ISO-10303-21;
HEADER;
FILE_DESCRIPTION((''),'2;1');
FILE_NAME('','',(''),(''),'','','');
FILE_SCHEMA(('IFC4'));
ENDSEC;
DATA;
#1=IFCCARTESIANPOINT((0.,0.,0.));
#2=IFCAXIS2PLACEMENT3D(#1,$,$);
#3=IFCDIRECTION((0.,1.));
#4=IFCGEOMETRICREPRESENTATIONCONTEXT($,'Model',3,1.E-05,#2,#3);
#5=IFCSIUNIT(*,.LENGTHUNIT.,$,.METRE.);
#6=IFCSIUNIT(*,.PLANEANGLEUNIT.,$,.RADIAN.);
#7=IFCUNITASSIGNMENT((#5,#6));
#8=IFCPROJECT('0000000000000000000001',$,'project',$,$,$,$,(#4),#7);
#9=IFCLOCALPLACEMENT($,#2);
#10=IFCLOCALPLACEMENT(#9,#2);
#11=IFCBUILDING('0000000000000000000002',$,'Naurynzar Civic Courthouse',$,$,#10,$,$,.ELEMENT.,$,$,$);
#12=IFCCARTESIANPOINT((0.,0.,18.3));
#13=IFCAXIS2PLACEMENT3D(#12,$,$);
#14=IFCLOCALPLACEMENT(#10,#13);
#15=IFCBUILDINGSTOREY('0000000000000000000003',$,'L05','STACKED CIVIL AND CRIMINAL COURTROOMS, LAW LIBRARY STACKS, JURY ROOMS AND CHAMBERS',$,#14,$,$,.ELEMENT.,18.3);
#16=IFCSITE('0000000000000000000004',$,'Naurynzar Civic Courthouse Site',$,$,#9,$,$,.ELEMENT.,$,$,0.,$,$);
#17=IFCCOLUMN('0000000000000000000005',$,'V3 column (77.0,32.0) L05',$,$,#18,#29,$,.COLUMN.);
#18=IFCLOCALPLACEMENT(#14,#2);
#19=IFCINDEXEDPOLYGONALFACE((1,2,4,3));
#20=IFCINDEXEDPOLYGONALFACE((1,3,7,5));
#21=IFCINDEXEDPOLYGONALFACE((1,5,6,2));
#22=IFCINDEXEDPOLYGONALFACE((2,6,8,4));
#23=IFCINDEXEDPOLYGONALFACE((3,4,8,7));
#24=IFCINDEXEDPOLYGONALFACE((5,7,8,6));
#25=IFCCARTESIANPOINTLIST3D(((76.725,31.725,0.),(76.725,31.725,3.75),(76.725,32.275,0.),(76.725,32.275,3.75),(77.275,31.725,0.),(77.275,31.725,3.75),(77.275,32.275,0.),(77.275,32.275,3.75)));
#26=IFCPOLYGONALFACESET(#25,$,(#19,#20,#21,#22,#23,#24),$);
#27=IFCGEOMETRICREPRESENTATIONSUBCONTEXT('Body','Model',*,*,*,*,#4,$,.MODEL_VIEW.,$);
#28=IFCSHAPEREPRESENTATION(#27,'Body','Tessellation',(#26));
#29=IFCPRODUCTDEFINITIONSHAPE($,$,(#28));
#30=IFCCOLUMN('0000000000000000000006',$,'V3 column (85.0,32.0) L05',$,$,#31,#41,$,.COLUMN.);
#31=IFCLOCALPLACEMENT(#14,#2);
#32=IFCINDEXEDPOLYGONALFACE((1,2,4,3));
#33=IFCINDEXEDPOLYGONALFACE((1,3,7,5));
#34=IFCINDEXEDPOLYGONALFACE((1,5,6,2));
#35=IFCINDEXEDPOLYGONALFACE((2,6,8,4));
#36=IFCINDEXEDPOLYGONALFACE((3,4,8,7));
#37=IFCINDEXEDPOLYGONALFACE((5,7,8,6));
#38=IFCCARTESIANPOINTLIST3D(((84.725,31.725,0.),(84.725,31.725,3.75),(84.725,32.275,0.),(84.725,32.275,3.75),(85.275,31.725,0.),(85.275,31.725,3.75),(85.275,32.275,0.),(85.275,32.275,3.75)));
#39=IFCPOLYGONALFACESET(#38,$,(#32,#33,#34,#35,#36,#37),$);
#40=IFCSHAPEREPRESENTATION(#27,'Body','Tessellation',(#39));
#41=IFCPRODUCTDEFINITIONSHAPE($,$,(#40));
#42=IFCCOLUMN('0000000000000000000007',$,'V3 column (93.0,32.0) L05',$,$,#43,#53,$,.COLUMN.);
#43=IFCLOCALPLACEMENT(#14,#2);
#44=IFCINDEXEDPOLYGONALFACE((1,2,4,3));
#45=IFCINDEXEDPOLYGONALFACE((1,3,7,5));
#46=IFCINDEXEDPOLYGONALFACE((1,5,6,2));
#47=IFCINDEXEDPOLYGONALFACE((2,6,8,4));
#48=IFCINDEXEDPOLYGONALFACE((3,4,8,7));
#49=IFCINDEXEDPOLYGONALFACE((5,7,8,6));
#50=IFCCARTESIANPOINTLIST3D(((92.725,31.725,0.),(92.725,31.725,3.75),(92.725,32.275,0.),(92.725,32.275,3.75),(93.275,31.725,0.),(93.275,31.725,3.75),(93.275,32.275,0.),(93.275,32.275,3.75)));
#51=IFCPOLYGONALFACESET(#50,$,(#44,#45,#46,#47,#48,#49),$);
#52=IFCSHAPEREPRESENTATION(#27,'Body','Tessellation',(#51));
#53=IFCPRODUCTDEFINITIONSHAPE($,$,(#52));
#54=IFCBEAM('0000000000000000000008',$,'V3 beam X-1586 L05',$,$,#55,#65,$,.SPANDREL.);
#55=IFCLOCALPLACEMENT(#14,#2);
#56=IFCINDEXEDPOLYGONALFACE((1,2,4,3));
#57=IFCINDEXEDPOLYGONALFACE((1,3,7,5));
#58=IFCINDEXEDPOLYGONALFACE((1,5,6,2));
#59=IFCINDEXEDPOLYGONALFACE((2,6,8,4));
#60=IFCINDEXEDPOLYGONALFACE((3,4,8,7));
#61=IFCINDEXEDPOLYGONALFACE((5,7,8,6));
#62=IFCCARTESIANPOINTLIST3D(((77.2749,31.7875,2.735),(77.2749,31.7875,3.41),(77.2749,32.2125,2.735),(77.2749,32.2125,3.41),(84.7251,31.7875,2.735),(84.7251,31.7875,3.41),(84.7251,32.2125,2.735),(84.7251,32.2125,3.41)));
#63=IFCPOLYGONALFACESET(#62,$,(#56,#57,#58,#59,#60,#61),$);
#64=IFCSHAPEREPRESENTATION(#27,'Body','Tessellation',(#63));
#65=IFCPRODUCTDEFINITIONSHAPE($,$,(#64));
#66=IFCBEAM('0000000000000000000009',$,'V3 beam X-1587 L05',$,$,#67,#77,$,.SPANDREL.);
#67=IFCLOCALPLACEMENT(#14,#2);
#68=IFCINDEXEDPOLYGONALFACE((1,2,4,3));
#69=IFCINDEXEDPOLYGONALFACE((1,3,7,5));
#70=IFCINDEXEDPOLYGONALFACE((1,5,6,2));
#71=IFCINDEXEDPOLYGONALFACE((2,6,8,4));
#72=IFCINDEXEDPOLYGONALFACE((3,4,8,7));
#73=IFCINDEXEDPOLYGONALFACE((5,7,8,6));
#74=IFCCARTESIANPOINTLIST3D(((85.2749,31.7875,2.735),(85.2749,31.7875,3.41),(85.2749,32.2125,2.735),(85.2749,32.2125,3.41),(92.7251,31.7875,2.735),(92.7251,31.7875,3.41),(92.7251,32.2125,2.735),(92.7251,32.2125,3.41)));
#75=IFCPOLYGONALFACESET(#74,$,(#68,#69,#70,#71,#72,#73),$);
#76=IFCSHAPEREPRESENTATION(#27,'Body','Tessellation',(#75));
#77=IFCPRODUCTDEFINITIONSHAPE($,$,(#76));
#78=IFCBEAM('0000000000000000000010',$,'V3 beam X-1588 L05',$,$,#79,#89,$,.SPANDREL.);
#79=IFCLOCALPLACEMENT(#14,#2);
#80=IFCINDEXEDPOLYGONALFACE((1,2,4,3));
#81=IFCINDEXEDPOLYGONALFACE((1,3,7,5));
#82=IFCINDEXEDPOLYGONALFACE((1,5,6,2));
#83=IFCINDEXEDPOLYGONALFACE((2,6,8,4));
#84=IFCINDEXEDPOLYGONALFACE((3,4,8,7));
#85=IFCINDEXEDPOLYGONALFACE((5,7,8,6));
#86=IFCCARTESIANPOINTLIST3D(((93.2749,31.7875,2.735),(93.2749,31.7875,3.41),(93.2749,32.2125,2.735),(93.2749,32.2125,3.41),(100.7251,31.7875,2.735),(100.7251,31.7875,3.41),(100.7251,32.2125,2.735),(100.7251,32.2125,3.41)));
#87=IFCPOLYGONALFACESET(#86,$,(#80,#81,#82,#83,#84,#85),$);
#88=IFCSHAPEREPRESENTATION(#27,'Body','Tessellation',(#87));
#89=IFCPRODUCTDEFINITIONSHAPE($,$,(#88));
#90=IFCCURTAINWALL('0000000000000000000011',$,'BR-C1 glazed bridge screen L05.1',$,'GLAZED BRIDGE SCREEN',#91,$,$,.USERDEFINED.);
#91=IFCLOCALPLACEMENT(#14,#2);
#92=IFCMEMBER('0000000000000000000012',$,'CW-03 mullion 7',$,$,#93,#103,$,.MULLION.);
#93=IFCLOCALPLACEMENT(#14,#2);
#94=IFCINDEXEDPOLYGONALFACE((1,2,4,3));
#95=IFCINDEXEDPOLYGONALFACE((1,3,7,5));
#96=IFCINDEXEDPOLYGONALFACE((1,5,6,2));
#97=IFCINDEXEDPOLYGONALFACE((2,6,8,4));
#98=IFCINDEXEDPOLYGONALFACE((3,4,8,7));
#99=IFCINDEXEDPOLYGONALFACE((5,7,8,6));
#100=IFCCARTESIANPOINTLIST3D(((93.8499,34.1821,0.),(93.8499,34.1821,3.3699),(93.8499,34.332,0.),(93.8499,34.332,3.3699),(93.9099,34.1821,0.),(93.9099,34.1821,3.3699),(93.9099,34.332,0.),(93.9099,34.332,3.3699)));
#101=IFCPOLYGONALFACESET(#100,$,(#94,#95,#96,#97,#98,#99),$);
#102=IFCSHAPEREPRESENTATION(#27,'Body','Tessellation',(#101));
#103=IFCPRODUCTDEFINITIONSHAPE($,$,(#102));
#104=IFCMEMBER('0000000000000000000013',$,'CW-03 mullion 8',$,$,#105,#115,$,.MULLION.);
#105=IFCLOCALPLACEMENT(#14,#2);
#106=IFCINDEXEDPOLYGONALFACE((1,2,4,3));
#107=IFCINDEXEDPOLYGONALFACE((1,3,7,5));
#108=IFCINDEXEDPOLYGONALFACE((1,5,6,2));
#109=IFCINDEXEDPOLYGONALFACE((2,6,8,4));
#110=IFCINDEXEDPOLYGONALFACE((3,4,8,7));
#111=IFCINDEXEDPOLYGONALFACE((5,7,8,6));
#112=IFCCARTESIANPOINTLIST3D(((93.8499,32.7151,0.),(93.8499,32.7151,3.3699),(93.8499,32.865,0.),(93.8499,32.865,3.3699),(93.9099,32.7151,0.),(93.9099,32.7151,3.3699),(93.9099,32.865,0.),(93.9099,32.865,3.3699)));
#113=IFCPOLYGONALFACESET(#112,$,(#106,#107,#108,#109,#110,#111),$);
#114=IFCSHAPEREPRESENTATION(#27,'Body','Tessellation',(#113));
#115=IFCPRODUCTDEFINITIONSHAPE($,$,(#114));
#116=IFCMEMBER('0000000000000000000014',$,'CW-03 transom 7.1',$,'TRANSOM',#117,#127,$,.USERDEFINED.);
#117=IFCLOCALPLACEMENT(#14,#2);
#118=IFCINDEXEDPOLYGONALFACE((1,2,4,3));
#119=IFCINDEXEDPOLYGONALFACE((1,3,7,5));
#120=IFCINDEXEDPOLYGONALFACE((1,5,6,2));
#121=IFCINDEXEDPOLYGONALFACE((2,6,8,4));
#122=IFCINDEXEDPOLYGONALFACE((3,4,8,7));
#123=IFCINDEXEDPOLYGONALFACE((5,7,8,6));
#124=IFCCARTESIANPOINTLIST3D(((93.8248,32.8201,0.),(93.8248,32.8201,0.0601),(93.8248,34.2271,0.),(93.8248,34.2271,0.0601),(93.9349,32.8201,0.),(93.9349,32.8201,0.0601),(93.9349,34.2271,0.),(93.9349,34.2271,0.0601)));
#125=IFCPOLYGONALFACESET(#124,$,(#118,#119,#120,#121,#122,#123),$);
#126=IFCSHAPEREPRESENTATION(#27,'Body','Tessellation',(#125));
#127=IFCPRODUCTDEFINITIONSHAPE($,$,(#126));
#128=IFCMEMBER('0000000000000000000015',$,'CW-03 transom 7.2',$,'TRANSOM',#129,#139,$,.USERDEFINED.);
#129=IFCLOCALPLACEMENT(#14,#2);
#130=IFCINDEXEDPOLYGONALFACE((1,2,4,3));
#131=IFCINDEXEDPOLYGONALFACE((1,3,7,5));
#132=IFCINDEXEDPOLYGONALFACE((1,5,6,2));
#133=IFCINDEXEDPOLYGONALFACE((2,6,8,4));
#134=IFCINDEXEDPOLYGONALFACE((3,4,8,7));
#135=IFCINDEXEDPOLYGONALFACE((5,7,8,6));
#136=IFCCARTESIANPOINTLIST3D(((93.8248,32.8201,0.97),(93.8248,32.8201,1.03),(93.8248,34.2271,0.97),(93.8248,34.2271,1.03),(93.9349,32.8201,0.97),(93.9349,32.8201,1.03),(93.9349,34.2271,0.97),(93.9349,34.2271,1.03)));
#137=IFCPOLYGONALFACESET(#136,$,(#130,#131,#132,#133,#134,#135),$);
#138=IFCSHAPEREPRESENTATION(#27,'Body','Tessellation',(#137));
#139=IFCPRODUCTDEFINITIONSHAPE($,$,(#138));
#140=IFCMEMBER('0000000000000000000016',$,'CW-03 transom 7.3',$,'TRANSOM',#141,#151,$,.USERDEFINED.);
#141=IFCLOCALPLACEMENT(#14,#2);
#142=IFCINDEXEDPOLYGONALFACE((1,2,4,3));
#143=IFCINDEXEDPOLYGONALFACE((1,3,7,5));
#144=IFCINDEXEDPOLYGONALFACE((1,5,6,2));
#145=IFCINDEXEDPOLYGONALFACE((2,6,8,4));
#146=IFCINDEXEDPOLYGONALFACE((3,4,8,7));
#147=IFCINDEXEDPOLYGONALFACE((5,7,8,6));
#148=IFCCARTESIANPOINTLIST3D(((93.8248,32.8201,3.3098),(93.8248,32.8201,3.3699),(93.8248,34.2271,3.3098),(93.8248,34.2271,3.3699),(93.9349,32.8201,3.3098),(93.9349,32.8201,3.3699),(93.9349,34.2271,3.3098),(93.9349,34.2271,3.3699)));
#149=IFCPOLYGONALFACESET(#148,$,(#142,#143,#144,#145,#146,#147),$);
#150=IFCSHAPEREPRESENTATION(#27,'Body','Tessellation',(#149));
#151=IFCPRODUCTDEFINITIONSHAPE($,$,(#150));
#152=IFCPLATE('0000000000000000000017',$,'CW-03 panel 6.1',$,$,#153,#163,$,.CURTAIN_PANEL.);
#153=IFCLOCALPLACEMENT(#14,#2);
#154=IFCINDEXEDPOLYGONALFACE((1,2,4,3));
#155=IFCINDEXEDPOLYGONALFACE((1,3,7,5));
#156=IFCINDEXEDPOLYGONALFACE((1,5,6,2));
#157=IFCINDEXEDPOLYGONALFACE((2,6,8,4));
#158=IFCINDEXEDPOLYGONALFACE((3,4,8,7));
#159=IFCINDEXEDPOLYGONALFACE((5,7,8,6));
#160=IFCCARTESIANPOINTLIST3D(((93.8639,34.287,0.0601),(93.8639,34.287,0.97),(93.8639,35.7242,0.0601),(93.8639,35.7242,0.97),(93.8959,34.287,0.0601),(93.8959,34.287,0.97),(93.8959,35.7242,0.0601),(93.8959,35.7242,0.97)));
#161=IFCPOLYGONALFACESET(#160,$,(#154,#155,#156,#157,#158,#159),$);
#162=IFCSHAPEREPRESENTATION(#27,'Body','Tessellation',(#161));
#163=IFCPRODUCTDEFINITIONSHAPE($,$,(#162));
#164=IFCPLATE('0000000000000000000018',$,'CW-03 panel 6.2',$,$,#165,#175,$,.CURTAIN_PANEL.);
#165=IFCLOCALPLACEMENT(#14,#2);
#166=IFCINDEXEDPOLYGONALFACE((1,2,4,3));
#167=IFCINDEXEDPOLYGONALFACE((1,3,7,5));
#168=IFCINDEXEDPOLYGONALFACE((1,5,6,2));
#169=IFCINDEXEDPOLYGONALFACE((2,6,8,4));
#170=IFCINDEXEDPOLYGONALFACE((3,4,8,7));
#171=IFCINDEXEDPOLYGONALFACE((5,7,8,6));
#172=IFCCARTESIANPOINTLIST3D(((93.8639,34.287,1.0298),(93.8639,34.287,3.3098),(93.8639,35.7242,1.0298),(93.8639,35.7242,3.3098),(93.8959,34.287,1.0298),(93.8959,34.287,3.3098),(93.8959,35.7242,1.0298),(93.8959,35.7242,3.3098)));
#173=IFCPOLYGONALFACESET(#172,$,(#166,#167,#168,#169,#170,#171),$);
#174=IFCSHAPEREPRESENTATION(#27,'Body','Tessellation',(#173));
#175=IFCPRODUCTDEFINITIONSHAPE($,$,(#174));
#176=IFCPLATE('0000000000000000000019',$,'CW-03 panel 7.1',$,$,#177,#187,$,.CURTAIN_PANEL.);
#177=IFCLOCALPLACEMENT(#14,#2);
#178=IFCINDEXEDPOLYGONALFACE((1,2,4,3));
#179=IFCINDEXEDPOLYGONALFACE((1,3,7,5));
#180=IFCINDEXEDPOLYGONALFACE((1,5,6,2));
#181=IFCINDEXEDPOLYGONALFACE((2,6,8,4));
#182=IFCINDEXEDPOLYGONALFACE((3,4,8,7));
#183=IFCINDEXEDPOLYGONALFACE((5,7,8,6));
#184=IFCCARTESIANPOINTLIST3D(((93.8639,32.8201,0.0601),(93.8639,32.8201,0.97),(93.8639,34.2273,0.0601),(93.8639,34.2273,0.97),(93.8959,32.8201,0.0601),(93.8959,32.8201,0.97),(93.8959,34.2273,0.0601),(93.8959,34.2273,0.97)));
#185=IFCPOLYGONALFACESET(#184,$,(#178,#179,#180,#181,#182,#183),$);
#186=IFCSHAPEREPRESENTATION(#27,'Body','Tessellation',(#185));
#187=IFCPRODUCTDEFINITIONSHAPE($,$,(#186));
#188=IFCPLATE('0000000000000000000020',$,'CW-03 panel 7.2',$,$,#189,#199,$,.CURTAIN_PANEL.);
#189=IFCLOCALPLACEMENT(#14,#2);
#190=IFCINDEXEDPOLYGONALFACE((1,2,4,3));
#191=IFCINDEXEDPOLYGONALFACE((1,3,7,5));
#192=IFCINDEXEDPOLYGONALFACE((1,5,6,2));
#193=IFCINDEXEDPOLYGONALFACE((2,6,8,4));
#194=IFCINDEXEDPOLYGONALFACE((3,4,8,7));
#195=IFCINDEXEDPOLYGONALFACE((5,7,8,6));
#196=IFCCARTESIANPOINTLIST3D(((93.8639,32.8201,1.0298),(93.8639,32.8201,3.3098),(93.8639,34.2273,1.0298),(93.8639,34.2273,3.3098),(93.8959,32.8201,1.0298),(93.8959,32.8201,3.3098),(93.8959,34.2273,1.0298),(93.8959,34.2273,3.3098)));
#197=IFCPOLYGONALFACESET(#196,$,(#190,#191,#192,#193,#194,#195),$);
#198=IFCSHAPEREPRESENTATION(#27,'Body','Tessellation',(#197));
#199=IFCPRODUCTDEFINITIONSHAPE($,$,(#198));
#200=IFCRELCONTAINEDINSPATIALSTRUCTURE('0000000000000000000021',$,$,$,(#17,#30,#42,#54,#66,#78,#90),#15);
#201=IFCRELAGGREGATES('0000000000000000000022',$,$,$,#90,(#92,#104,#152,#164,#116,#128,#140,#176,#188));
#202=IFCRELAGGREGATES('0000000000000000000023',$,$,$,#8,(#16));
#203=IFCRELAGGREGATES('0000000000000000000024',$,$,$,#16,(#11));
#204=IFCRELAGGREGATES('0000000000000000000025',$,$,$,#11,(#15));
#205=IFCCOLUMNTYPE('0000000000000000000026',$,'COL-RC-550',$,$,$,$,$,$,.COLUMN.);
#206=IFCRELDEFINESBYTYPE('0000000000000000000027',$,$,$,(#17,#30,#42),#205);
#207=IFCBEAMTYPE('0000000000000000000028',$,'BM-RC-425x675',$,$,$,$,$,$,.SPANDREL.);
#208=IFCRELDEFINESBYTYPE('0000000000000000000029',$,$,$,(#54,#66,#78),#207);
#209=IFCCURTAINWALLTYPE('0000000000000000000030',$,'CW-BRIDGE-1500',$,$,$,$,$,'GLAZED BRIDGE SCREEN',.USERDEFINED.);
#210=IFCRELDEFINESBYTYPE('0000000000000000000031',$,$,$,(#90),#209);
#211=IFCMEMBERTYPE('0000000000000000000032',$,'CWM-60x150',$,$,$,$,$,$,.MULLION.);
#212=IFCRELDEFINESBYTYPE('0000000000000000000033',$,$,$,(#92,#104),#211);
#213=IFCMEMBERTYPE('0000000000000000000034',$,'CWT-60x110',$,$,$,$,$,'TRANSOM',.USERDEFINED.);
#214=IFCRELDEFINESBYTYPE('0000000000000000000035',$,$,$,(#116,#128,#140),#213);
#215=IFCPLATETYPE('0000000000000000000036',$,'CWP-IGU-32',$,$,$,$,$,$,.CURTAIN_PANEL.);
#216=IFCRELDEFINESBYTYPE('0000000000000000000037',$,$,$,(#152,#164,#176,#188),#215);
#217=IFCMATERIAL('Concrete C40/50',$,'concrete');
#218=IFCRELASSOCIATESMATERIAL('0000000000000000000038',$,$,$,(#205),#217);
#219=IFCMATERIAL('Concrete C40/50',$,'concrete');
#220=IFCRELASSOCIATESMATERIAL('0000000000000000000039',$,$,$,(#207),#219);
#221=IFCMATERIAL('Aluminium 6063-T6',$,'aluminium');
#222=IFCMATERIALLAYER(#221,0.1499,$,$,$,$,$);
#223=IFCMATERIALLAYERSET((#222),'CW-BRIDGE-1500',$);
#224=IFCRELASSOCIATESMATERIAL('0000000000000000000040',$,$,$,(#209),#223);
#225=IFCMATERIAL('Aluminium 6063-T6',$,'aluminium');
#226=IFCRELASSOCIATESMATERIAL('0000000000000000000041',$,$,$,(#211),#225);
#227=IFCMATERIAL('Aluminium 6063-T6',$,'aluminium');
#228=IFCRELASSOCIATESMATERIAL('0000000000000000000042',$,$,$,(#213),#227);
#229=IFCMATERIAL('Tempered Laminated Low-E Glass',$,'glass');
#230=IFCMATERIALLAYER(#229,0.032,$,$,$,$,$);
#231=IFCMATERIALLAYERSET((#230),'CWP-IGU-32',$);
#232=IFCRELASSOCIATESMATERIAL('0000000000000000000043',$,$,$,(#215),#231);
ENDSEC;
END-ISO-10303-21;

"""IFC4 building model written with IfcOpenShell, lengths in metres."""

from ifc_helpers import new_model, si_unit, direction, frame, origin, origin_2d, place, context, subcontext, project, spatial, rectangle, extrude, material, layer, layer_set, material_profile, profile_set, type_object, element, aggregate, save


model = new_model("IFC4")

# Units and contexts
model_context = context("Model", 3, precision=1e-05, world=origin(), true_north=direction((0.0, 1.0)))
body_context = subcontext(model_context, "Body", "Model", "MODEL_VIEW")
ifc_project = project(units=[si_unit("LENGTHUNIT", "METRE"), si_unit("PLANEANGLEUNIT", "RADIAN")], contexts=[model_context])

# Site, building, storey
site_placement = place(None, origin())
site = spatial("IfcSite", under=ifc_project, at=site_placement, Name="Naurynzar Civic Courthouse Site", CompositionType="ELEMENT", RefElevation=0.0)
building_placement = place(site_placement, origin())
building = spatial("IfcBuilding", under=site, at=building_placement, Name="Naurynzar Civic Courthouse", CompositionType="ELEMENT")
storey_placement = place(building_placement, frame((0.0, 0.0, 18.3)))
storey = spatial("IfcBuildingStorey", under=building, at=storey_placement, Name="L05", Description="STACKED CIVIL AND CRIMINAL COURTROOMS, LAW LIBRARY STACKS, JURY ROOMS AND CHAMBERS", CompositionType="ELEMENT", Elevation=18.3)

# Columns
ifc_material_1 = material(Name="Concrete C40/50", Category="concrete")
ifc_material_profile_1 = material_profile(ifc_material_1, rectangle(XDim=0.55, YDim=0.55, at=origin_2d()), Name="RC 550x550")
ifc_profile_set_1 = profile_set([ifc_material_profile_1], Name="Concrete C40/50")
column_type = type_object("IfcColumnType", Name="COL-RC-550", PredefinedType="COLUMN", material=ifc_profile_set_1)
for number, where, z_axis, x_axis, name in (
    (1, (77.0, 32.0, 0.0), (0.0, 0.0, 1.0), (1.0, 0.0, 0.0), "V3 column (77.0,32.0) L05"),
    (2, (85.0, 32.0, 0.0), (0.0, 0.0, 1.0), (1.0, 0.0, 0.0), "V3 column (85.0,32.0) L05"),
    (3, (93.0, 32.0, 0.0), (0.0, 0.0, 1.0), (1.0, 0.0, 0.0), "V3 column (93.0,32.0) L05"),
):
    element("IfcColumn", number, at=place(storey_placement, frame(where, z_axis=z_axis, x_axis=x_axis)), inside=storey, type_object=column_type, Name=name, PredefinedType="COLUMN", context=body_context, shape_type="SweptSolid", body=[
        extrude(rectangle(XDim=0.55, YDim=0.55, at=origin_2d()), origin(), (0.0, 0.0, 1.0), 3.75),
    ])

# Beams
ifc_material_2 = material(Name="Concrete C40/50", Category="concrete")
ifc_material_profile_2 = material_profile(ifc_material_2, rectangle(XDim=0.425, YDim=0.675, at=origin_2d()), Name="RCB 425x675")
ifc_profile_set_2 = profile_set([ifc_material_profile_2], Name="Concrete C40/50")
beam_type = type_object("IfcBeamType", Name="BM-RC-425x675", PredefinedType="SPANDREL", material=ifc_profile_set_2)
for number, where, z_axis, x_axis, name in (
    (4, (77.2749, 32.0, 3.0725), (1.0, 0.0, 0.0), (0.0, 1.0, 0.0), "V3 beam X-1586 L05"),
    (5, (85.2749, 32.0, 3.0725), (1.0, 0.0, 0.0), (0.0, 1.0, 0.0), "V3 beam X-1587 L05"),
    (6, (93.2749, 32.0, 3.0725), (1.0, 0.0, 0.0), (0.0, 1.0, 0.0), "V3 beam X-1588 L05"),
):
    element("IfcBeam", number, at=place(storey_placement, frame(where, z_axis=z_axis, x_axis=x_axis)), inside=storey, type_object=beam_type, Name=name, PredefinedType="SPANDREL", context=body_context, shape_type="SweptSolid", body=[
        extrude(rectangle(XDim=0.425, YDim=0.675, at=origin_2d()), origin(), (0.0, 0.0, 1.0), 7.4502),
    ])

# Curtain wall, members, plates
ifc_material_3 = material(Name="Aluminium 6063-T6", Category="aluminium")
ifc_layer_1 = layer(ifc_material_3, 0.1499)
ifc_layer_set_1 = layer_set([ifc_layer_1], Name="CW-BRIDGE-1500")
curtain_wall_type = type_object("IfcCurtainWallType", Name="CW-BRIDGE-1500", ElementType="GLAZED BRIDGE SCREEN", PredefinedType="USERDEFINED", material=ifc_layer_set_1)
curtain_wall_placement = place(storey_placement, origin())
curtain_wall = element("IfcCurtainWall", 7, at=curtain_wall_placement, inside=storey, type_object=curtain_wall_type, Name="BR-C1 glazed bridge screen L05.1", ObjectType="GLAZED BRIDGE SCREEN", PredefinedType="USERDEFINED")
ifc_material_4 = material(Name="Aluminium 6063-T6", Category="aluminium")
ifc_material_profile_3 = material_profile(ifc_material_4, rectangle(XDim=0.0601, YDim=0.1499, at=origin_2d()), Name="ALU MULLION 60x150")
ifc_profile_set_3 = profile_set([ifc_material_profile_3], Name="Aluminium 6063-T6")
member_type_1 = type_object("IfcMemberType", Name="CWM-60x150", PredefinedType="MULLION", material=ifc_profile_set_3)
member_1_placement = place(storey_placement, frame((93.8799, 34.2571, 0.0), z_axis=(0.0, 0.0, 1.0), x_axis=(1.0, 0.0, 0.0)))
member_1 = element("IfcMember", 8, at=member_1_placement, type_object=member_type_1, Name="CW-03 mullion 7", PredefinedType="MULLION", context=body_context, shape_type="SweptSolid", body=[
    extrude(rectangle(XDim=0.0601, YDim=0.1499, at=origin_2d()), origin(), (0.0, 0.0, 1.0), 3.3699),
])
member_2_placement = place(storey_placement, frame((93.8799, 32.79, 0.0), z_axis=(0.0, 0.0, 1.0), x_axis=(1.0, 0.0, 0.0)))
member_2 = element("IfcMember", 9, at=member_2_placement, type_object=member_type_1, Name="CW-03 mullion 8", PredefinedType="MULLION", context=body_context, shape_type="SweptSolid", body=[
    extrude(rectangle(XDim=0.0601, YDim=0.1499, at=origin_2d()), origin(), (0.0, 0.0, 1.0), 3.3699),
])
ifc_material_5 = material(Name="Aluminium 6063-T6", Category="aluminium")
ifc_material_profile_4 = material_profile(ifc_material_5, rectangle(XDim=0.1101, YDim=0.0601, at=origin_2d()), Name="ALU TRANSOM 60x110")
ifc_profile_set_4 = profile_set([ifc_material_profile_4], Name="Aluminium 6063-T6")
member_type_2 = type_object("IfcMemberType", Name="CWT-60x110", ElementType="TRANSOM", PredefinedType="USERDEFINED", material=ifc_profile_set_4)
member_3_placement = place(storey_placement, frame((93.8799, 34.2271, 0.03), z_axis=(0.0, -1.0, 0.0), x_axis=(1.0, 0.0, 0.0)))
member_3 = element("IfcMember", 10, at=member_3_placement, type_object=member_type_2, Name="CW-03 transom 7.1", ObjectType="TRANSOM", PredefinedType="USERDEFINED", context=body_context, shape_type="SweptSolid", body=[
    extrude(rectangle(XDim=0.1101, YDim=0.0601, at=origin_2d()), origin(), (0.0, 0.0, 1.0), 1.407),
])
member_4_placement = place(storey_placement, frame((93.8799, 34.2271, 1.0), z_axis=(0.0, -1.0, 0.0), x_axis=(1.0, 0.0, 0.0)))
member_4 = element("IfcMember", 11, at=member_4_placement, type_object=member_type_2, Name="CW-03 transom 7.2", ObjectType="TRANSOM", PredefinedType="USERDEFINED", context=body_context, shape_type="SweptSolid", body=[
    extrude(rectangle(XDim=0.1101, YDim=0.0601, at=origin_2d()), origin(), (0.0, 0.0, 1.0), 1.407),
])
member_5_placement = place(storey_placement, frame((93.8799, 34.2271, 3.3398), z_axis=(0.0, -1.0, 0.0), x_axis=(1.0, 0.0, 0.0)))
member_5 = element("IfcMember", 12, at=member_5_placement, type_object=member_type_2, Name="CW-03 transom 7.3", ObjectType="TRANSOM", PredefinedType="USERDEFINED", context=body_context, shape_type="SweptSolid", body=[
    extrude(rectangle(XDim=0.1101, YDim=0.0601, at=origin_2d()), origin(), (0.0, 0.0, 1.0), 1.407),
])
ifc_material_6 = material(Name="Tempered Laminated Low-E Glass", Category="glass")
ifc_layer_2 = layer(ifc_material_6, 0.032)
ifc_layer_set_2 = layer_set([ifc_layer_2], Name="CWP-IGU-32")
plate_type = type_object("IfcPlateType", Name="CWP-IGU-32", PredefinedType="CURTAIN_PANEL", material=ifc_layer_set_2)
plate_1_placement = place(storey_placement, frame((93.8799, 35.0056, 0.0601), z_axis=(0.0, 0.0, 1.0), x_axis=(0.0, -1.0, 0.0)))
plate_1 = element("IfcPlate", 13, at=plate_1_placement, type_object=plate_type, Name="CW-03 panel 6.1", PredefinedType="CURTAIN_PANEL", context=body_context, shape_type="SweptSolid", body=[
    extrude(rectangle(XDim=1.4373, YDim=0.032, at=origin_2d()), origin(), (0.0, 0.0, 1.0), 0.9099),
])
plate_2_placement = place(storey_placement, frame((93.8799, 35.0056, 1.0298), z_axis=(0.0, 0.0, 1.0), x_axis=(0.0, -1.0, 0.0)))
plate_2 = element("IfcPlate", 14, at=plate_2_placement, type_object=plate_type, Name="CW-03 panel 6.2", PredefinedType="CURTAIN_PANEL", context=body_context, shape_type="SweptSolid", body=[
    extrude(rectangle(XDim=1.4373, YDim=0.032, at=origin_2d()), origin(), (0.0, 0.0, 1.0), 2.28),
])
plate_3_placement = place(storey_placement, frame((93.8799, 33.5237, 0.0601), z_axis=(0.0, 0.0, 1.0), x_axis=(0.0, -1.0, 0.0)))
plate_3 = element("IfcPlate", 15, at=plate_3_placement, type_object=plate_type, Name="CW-03 panel 7.1", PredefinedType="CURTAIN_PANEL", context=body_context, shape_type="SweptSolid", body=[
    extrude(rectangle(XDim=1.4072, YDim=0.032, at=origin_2d()), origin(), (0.0, 0.0, 1.0), 0.9099),
])
plate_4_placement = place(storey_placement, frame((93.8799, 33.5237, 1.0298), z_axis=(0.0, 0.0, 1.0), x_axis=(0.0, -1.0, 0.0)))
plate_4 = element("IfcPlate", 16, at=plate_4_placement, type_object=plate_type, Name="CW-03 panel 7.2", PredefinedType="CURTAIN_PANEL", context=body_context, shape_type="SweptSolid", body=[
    extrude(rectangle(XDim=1.4072, YDim=0.032, at=origin_2d()), origin(), (0.0, 0.0, 1.0), 2.28),
])
aggregate(curtain_wall, [member_1, member_2, plate_1, plate_2, member_3, member_4, member_5, plate_3, plate_4])

save(model, "model.ifc")
